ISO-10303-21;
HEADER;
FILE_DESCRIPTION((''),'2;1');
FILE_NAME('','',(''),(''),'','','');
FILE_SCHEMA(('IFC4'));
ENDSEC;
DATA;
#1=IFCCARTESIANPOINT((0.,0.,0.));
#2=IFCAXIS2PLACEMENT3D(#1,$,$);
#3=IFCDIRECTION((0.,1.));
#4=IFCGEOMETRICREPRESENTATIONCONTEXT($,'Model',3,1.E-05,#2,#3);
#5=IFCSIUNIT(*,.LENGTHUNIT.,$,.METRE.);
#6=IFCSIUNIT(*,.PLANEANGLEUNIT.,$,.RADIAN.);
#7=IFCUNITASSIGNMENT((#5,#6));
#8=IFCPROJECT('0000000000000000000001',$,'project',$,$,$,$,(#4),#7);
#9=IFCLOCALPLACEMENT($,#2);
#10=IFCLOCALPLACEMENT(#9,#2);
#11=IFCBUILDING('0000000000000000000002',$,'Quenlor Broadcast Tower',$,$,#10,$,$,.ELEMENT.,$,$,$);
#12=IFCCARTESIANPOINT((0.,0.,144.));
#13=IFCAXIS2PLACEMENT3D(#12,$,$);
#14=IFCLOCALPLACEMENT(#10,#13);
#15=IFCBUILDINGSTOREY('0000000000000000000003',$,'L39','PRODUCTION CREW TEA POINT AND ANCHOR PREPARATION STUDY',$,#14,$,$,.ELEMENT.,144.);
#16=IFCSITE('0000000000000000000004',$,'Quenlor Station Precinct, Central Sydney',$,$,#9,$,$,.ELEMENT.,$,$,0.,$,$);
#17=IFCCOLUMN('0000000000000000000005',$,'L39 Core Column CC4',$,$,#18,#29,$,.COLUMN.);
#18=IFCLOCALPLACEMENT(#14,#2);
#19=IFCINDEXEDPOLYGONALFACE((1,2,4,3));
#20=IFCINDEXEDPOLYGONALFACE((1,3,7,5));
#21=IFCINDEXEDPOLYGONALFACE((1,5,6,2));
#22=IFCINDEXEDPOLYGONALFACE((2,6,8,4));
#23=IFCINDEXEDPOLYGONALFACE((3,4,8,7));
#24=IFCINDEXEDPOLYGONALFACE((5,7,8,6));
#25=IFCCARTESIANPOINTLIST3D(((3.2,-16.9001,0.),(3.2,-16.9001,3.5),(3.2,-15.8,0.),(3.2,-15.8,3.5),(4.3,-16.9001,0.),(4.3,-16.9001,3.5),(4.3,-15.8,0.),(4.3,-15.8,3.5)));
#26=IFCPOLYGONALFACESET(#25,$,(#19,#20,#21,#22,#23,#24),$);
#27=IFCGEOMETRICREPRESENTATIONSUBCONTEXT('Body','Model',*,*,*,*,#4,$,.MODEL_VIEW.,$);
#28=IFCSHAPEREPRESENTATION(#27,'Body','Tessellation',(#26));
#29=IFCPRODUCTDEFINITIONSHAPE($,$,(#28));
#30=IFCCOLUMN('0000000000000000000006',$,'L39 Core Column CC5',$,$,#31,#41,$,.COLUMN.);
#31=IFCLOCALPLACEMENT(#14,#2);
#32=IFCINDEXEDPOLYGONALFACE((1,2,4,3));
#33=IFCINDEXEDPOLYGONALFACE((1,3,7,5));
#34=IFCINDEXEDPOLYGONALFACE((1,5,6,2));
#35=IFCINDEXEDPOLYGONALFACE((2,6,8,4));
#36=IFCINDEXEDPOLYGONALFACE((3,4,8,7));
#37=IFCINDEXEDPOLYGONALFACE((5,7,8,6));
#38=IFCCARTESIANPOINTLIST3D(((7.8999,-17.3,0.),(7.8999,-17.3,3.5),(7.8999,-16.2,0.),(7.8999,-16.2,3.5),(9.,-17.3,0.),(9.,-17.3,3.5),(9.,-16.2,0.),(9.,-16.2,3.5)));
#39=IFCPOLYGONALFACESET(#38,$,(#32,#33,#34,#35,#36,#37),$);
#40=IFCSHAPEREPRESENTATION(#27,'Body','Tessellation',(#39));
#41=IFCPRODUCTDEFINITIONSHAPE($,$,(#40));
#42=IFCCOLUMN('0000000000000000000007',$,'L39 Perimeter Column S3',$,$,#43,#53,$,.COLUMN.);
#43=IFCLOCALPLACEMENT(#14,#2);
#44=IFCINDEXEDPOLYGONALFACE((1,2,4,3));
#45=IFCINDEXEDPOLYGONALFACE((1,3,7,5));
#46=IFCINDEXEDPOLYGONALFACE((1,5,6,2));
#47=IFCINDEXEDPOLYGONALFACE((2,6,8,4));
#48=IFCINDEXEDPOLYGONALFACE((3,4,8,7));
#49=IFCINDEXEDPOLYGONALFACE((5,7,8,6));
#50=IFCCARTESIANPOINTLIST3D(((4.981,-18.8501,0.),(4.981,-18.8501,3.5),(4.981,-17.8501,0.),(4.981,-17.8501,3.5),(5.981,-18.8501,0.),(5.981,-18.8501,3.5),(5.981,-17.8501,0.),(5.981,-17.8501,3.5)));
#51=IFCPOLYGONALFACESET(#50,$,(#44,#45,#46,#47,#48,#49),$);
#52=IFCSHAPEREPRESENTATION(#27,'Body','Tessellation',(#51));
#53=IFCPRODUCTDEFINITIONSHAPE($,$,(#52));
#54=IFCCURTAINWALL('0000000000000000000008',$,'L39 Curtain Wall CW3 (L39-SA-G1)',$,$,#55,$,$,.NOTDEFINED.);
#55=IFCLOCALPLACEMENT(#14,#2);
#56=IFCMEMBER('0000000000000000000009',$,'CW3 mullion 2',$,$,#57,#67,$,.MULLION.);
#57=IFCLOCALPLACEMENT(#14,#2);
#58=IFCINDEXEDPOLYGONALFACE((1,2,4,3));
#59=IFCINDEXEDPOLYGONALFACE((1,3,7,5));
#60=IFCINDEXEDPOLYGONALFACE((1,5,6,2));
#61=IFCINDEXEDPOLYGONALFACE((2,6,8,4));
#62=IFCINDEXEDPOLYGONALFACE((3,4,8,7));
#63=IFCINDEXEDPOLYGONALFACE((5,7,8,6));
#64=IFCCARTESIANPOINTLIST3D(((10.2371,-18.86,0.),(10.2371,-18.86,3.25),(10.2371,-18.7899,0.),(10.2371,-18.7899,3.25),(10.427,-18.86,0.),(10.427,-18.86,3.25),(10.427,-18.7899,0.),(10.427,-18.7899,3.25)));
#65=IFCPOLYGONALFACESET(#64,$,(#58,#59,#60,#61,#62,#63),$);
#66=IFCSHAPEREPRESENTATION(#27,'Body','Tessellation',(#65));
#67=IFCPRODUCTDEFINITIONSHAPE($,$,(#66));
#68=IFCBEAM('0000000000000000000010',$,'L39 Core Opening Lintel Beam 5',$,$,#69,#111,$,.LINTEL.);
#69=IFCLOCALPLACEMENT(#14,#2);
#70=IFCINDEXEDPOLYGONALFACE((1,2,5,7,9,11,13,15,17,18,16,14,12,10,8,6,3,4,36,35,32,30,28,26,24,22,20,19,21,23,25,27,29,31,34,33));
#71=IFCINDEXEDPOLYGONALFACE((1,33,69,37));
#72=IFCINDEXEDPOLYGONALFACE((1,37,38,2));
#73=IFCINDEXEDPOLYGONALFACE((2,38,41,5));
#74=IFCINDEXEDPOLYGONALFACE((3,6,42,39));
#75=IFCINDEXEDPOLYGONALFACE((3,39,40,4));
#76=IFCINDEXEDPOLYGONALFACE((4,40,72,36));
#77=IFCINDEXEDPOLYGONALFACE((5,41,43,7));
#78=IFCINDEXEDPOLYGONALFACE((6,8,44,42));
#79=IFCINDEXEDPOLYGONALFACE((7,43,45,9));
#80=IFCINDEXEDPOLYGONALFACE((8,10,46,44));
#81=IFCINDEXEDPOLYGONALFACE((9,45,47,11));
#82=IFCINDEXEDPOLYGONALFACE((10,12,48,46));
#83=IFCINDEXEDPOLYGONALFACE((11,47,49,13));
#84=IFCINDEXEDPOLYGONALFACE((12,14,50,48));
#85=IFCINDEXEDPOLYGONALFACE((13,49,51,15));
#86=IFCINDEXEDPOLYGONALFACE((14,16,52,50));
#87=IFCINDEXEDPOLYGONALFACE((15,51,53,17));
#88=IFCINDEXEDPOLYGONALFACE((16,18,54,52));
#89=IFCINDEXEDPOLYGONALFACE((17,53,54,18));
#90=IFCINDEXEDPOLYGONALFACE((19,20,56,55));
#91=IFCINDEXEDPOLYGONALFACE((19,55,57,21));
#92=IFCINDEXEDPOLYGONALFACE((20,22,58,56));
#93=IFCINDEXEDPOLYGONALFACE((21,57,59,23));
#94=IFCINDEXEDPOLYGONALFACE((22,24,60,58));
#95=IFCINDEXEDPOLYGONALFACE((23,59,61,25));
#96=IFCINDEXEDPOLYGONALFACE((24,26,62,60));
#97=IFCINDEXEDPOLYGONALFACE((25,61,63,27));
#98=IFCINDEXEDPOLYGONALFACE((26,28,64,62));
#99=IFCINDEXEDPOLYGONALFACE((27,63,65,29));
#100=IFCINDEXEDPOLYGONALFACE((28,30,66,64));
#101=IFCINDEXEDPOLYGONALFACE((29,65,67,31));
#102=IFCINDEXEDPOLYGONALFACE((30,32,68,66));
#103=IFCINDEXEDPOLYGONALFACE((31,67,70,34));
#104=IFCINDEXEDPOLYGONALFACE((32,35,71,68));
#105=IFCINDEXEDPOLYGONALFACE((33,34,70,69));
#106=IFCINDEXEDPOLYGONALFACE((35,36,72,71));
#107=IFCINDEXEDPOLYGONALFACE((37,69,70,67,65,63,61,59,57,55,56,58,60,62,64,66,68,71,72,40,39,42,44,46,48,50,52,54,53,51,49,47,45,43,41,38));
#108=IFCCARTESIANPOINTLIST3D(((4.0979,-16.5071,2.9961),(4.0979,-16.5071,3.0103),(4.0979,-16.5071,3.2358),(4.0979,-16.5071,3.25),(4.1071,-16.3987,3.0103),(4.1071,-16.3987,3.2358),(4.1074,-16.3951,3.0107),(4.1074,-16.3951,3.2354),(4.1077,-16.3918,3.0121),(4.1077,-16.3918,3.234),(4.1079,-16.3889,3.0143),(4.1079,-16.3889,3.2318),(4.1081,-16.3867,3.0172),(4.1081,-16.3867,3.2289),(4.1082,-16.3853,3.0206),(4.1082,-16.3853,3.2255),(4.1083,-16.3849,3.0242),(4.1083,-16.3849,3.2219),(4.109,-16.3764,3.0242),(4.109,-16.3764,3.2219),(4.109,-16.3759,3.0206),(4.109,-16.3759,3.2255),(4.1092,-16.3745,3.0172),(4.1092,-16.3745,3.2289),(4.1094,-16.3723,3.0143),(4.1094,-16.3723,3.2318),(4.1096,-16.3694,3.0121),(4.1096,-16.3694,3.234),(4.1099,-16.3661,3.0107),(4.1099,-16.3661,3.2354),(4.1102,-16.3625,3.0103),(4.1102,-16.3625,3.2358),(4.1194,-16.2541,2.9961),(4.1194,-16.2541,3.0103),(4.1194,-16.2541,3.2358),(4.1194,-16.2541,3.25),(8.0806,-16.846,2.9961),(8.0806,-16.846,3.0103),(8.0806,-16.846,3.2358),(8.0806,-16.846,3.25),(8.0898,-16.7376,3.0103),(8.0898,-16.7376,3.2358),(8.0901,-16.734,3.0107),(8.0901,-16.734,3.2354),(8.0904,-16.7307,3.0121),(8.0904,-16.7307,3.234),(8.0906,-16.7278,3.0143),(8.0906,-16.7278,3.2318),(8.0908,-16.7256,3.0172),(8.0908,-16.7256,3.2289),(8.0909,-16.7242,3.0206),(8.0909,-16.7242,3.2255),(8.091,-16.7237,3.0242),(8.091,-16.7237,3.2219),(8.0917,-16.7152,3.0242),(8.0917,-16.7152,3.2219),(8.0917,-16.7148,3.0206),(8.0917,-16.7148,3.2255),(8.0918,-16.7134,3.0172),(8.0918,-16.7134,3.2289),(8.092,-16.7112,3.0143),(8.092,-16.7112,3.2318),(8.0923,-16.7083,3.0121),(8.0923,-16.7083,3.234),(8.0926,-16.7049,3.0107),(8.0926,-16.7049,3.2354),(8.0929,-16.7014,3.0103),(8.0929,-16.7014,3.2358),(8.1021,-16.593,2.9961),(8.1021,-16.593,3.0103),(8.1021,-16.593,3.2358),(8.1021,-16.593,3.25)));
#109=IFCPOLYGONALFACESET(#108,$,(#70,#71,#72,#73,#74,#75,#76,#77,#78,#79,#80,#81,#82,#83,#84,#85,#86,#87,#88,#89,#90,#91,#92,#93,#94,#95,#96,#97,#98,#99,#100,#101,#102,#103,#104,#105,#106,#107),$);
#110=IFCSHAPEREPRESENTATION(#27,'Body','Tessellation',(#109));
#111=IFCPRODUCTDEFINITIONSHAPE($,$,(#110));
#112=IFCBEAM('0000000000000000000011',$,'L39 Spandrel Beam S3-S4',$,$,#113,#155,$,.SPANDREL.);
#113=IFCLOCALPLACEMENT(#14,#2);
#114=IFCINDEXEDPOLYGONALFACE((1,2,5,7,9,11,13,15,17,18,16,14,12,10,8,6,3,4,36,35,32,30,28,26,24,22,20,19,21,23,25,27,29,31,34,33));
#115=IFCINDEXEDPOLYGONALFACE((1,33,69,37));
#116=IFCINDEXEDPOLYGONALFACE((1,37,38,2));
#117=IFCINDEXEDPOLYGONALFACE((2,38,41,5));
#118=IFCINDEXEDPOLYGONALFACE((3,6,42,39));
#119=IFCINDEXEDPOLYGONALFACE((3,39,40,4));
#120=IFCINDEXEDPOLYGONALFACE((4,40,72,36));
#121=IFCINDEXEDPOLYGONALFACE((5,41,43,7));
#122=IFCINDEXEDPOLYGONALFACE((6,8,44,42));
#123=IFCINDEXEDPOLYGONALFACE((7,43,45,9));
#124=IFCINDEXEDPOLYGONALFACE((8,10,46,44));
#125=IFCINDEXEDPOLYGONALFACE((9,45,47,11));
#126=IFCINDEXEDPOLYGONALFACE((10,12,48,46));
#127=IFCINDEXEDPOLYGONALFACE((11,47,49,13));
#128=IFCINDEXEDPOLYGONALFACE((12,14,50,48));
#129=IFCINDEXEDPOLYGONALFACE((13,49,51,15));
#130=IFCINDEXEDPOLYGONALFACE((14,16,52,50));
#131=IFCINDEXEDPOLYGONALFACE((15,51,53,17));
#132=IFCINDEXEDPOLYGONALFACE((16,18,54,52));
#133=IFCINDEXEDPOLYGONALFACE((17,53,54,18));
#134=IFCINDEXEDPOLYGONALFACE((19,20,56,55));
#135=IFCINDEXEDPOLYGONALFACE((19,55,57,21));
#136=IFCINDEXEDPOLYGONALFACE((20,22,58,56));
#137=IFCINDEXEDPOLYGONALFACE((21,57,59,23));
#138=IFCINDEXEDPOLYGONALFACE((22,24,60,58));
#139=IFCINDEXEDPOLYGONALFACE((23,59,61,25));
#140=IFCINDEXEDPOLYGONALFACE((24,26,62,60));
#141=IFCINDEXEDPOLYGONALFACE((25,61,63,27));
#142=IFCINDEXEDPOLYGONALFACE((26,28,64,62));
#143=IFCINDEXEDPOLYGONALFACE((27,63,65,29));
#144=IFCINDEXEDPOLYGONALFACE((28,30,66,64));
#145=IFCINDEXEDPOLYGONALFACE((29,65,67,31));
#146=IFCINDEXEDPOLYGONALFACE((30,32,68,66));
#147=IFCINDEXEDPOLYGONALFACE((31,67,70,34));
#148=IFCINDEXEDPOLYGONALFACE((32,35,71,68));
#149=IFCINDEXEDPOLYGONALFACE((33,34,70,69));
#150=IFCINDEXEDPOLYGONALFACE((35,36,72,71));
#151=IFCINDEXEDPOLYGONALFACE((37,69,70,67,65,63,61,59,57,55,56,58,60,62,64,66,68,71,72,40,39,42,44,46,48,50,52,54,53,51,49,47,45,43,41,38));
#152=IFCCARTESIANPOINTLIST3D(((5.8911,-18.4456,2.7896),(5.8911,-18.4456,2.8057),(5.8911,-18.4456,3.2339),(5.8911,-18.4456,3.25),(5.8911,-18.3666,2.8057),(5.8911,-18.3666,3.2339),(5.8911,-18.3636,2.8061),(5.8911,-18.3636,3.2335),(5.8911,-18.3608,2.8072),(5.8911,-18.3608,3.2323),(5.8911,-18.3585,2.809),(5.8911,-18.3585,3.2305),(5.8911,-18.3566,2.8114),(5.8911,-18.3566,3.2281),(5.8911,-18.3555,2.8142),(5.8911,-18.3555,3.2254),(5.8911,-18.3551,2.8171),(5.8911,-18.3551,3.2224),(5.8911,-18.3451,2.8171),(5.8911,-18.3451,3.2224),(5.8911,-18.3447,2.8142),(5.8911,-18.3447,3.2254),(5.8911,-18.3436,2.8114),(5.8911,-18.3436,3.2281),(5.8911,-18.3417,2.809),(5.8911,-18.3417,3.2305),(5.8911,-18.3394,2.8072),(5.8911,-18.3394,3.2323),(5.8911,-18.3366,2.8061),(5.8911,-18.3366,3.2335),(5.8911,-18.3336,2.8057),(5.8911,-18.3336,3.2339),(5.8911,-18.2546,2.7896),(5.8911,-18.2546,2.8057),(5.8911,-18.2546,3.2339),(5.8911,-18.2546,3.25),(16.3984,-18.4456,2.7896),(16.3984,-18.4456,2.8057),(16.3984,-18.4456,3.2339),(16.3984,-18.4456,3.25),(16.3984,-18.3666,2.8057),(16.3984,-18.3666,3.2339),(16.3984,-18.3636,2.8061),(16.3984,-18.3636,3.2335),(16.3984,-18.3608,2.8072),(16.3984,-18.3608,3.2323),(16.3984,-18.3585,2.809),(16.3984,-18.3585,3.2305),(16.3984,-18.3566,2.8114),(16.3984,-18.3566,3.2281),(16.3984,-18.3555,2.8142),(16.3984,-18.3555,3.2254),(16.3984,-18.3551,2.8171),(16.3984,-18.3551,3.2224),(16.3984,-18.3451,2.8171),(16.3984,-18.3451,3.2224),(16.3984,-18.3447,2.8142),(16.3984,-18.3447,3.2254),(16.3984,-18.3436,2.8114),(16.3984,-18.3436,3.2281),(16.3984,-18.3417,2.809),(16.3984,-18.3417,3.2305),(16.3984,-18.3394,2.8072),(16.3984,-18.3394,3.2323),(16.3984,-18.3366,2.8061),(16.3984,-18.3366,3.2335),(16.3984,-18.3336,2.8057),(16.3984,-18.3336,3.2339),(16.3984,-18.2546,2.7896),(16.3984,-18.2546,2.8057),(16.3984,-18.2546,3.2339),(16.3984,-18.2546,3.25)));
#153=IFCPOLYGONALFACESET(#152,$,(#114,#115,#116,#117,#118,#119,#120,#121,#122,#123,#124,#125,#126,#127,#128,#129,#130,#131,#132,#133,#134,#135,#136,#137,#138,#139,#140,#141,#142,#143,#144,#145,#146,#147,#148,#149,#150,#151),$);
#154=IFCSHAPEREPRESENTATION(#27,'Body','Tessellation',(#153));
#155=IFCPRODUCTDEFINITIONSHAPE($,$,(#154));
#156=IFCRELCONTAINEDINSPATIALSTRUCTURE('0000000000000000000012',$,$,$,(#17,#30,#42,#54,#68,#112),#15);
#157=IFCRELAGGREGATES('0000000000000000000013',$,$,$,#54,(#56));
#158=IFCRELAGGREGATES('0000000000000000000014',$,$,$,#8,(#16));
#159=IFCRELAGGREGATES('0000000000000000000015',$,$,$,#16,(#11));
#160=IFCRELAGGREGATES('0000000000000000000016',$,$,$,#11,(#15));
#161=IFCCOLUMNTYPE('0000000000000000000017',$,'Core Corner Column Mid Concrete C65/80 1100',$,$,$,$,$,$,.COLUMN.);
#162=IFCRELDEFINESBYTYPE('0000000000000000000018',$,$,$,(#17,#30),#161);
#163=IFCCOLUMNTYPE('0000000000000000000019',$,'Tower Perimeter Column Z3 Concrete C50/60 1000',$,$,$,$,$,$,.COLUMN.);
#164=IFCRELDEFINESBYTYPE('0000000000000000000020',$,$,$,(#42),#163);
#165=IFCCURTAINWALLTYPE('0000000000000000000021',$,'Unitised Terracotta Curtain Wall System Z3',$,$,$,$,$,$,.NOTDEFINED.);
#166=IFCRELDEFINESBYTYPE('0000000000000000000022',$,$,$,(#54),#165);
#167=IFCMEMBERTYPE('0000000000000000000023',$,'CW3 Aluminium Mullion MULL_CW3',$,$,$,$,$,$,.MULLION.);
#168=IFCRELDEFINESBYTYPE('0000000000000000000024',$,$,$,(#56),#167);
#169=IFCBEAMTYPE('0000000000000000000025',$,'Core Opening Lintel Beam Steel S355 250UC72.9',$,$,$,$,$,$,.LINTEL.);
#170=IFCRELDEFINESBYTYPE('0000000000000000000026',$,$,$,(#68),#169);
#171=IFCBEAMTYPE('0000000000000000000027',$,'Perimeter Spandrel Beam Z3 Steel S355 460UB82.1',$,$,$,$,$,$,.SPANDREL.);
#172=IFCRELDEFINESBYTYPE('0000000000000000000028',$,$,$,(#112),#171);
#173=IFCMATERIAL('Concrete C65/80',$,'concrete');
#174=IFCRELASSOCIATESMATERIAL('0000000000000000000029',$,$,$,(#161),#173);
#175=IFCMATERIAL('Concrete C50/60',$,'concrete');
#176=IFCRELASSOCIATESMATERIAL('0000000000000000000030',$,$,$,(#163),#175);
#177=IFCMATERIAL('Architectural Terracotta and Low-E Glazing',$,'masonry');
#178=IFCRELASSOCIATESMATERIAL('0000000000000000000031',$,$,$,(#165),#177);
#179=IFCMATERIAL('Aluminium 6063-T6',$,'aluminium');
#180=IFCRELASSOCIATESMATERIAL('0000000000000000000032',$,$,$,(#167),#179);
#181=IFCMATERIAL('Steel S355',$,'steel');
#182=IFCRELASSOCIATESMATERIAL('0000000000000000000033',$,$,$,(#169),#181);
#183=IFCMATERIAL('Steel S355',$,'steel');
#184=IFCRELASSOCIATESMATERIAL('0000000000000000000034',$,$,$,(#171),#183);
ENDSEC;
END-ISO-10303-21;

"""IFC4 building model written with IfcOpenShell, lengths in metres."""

from ifc_helpers import new_model, si_unit, direction, frame, origin, origin_2d, place, context, subcontext, project, spatial, rectangle, i_section, extrude, material, material_profile, profile_set, type_object, element, aggregate, save


model = new_model("IFC4")

# Units and contexts
model_context = context("Model", 3, precision=1e-05, world=origin(), true_north=direction((0.0, 1.0)))
body_context = subcontext(model_context, "Body", "Model", "MODEL_VIEW")
ifc_project = project(units=[si_unit("LENGTHUNIT", "METRE"), si_unit("PLANEANGLEUNIT", "RADIAN")], contexts=[model_context])

# Site, building, storey
site_placement = place(None, origin())
site = spatial("IfcSite", under=ifc_project, at=site_placement, Name="Quenlor Station Precinct, Central Sydney", CompositionType="ELEMENT", RefElevation=0.0)
building_placement = place(site_placement, origin())
building = spatial("IfcBuilding", under=site, at=building_placement, Name="Quenlor Broadcast Tower", CompositionType="ELEMENT")
storey_placement = place(building_placement, frame((0.0, 0.0, 144.0)))
storey = spatial("IfcBuildingStorey", under=building, at=storey_placement, Name="L39", Description="PRODUCTION CREW TEA POINT AND ANCHOR PREPARATION STUDY", CompositionType="ELEMENT", Elevation=144.0)

# Columns
ifc_material_1 = material(Name="Concrete C65/80", Category="concrete")
ifc_material_profile_1 = material_profile(ifc_material_1, rectangle(XDim=1.1001, YDim=1.1001, at=origin_2d()))
ifc_profile_set_1 = profile_set([ifc_material_profile_1], Name="Concrete C65/80 RC1100x1100")
column_type_1 = type_object("IfcColumnType", Name="Core Corner Column Mid Concrete C65/80 1100", PredefinedType="COLUMN", material=ifc_profile_set_1)
for number, where, z_axis, x_axis, name in (
    (1, (3.75, -16.3501, 0.0), (0.0, 0.0, 1.0), (1.0, 0.0, 0.0), "L39 Core Column CC4"),
    (2, (8.45, -16.75, 0.0), (0.0, 0.0, 1.0), (1.0, 0.0, 0.0), "L39 Core Column CC5"),
):
    element("IfcColumn", number, at=place(storey_placement, frame(where, z_axis=z_axis, x_axis=x_axis)), inside=storey, type_object=column_type_1, Name=name, PredefinedType="COLUMN", context=body_context, shape_type="SweptSolid", body=[
        extrude(rectangle(XDim=1.1001, YDim=1.1001, at=origin_2d()), origin(), (0.0, 0.0, 1.0), 3.5),
    ])
ifc_material_2 = material(Name="Concrete C50/60", Category="concrete")
ifc_material_profile_2 = material_profile(ifc_material_2, rectangle(XDim=1.0, YDim=1.0, at=origin_2d()))
ifc_profile_set_2 = profile_set([ifc_material_profile_2], Name="Concrete C50/60 RC1000x1000")
column_type_2 = type_object("IfcColumnType", Name="Tower Perimeter Column Z3 Concrete C50/60 1000", PredefinedType="COLUMN", material=ifc_profile_set_2)
column_placement = place(storey_placement, frame((5.481, -18.3501, 0.0), z_axis=(0.0, 0.0, 1.0), x_axis=(0.0, 1.0, 0.0)))
element("IfcColumn", 3, at=column_placement, inside=storey, type_object=column_type_2, Name="L39 Perimeter Column S3", PredefinedType="COLUMN", context=body_context, shape_type="SweptSolid", body=[
    extrude(rectangle(XDim=1.0, YDim=1.0, at=origin_2d()), origin(), (0.0, 0.0, 1.0), 3.5),
])

# Curtain wall, member
ifc_material_3 = material(Name="Architectural Terracotta and Low-E Glazing", Category="masonry")
curtain_wall_type = type_object("IfcCurtainWallType", Name="Unitised Terracotta Curtain Wall System Z3", PredefinedType="NOTDEFINED", material=ifc_material_3)
curtain_wall_placement = place(storey_placement, origin())
curtain_wall = element("IfcCurtainWall", 4, at=curtain_wall_placement, inside=storey, type_object=curtain_wall_type, Name="L39 Curtain Wall CW3 (L39-SA-G1)", PredefinedType="NOTDEFINED")
ifc_material_4 = material(Name="Aluminium 6063-T6", Category="aluminium")
ifc_material_profile_3 = material_profile(ifc_material_4, rectangle(XDim=0.0701, YDim=0.1899, at=origin_2d()))
ifc_profile_set_3 = profile_set([ifc_material_profile_3], Name="Aluminium 6063-T6 MULL70x190")
member_type = type_object("IfcMemberType", Name="CW3 Aluminium Mullion MULL_CW3", PredefinedType="MULLION", material=ifc_profile_set_3)
member_placement = place(storey_placement, frame((10.332, -18.825, 0.0), z_axis=(0.0, 0.0, 1.0), x_axis=(0.0, -1.0, 0.0)))
member = element("IfcMember", 5, at=member_placement, type_object=member_type, Name="CW3 mullion 2", PredefinedType="MULLION", context=body_context, shape_type="SweptSolid", body=[
    extrude(rectangle(XDim=0.0701, YDim=0.1899, at=origin_2d()), origin(), (0.0, 0.0, 1.0), 3.25),
])

# Beams
ifc_material_5 = material(Name="Steel S355", Category="steel")
ifc_material_profile_4 = material_profile(ifc_material_5, i_section(OverallWidth=0.2539, OverallDepth=0.2539, WebThickness=0.0085, FlangeThickness=0.0142, FilletRadius=0.0139, at=origin_2d()))
ifc_profile_set_4 = profile_set([ifc_material_profile_4], Name="Steel S355 250UC72.9")
beam_type_1 = type_object("IfcBeamType", Name="Core Opening Lintel Beam Steel S355 250UC72.9", PredefinedType="LINTEL", material=ifc_profile_set_4)
beam_1_placement = place(storey_placement, frame((4.1086, -16.3806, 3.123), z_axis=(0.9964, -0.084779, 0.0), x_axis=(0.084779, 0.9964, 0.0)))
element("IfcBeam", 6, at=beam_1_placement, inside=storey, type_object=beam_type_1, Name="L39 Core Opening Lintel Beam 5", PredefinedType="LINTEL", context=body_context, shape_type="SweptSolid", body=[
    extrude(i_section(OverallWidth=0.2539, OverallDepth=0.2539, WebThickness=0.0085, FlangeThickness=0.0142, FilletRadius=0.0139, at=origin_2d()), origin(), (0.0, 0.0, 1.0), 3.9971),
])
ifc_material_6 = material(Name="Steel S355", Category="steel")
ifc_material_profile_5 = material_profile(ifc_material_6, i_section(OverallWidth=0.1909, OverallDepth=0.4604, WebThickness=0.01, FlangeThickness=0.0161, FilletRadius=0.0115, at=origin_2d()))
ifc_profile_set_5 = profile_set([ifc_material_profile_5], Name="Steel S355 460UB82.1")
beam_type_2 = type_object("IfcBeamType", Name="Perimeter Spandrel Beam Z3 Steel S355 460UB82.1", PredefinedType="SPANDREL", material=ifc_profile_set_5)
beam_2_placement = place(storey_placement, frame((5.8911, -18.3501, 3.0198), z_axis=(1.0, 0.0, 0.0), x_axis=(0.0, 1.0, 0.0)))
element("IfcBeam", 7, at=beam_2_placement, inside=storey, type_object=beam_type_2, Name="L39 Spandrel Beam S3-S4", PredefinedType="SPANDREL", context=body_context, shape_type="SweptSolid", body=[
    extrude(i_section(OverallWidth=0.1909, OverallDepth=0.4604, WebThickness=0.01, FlangeThickness=0.0161, FilletRadius=0.0115, at=origin_2d()), origin(), (0.0, 0.0, 1.0), 10.5073),
])

aggregate(curtain_wall, [member])

save(model, "model.ifc")
